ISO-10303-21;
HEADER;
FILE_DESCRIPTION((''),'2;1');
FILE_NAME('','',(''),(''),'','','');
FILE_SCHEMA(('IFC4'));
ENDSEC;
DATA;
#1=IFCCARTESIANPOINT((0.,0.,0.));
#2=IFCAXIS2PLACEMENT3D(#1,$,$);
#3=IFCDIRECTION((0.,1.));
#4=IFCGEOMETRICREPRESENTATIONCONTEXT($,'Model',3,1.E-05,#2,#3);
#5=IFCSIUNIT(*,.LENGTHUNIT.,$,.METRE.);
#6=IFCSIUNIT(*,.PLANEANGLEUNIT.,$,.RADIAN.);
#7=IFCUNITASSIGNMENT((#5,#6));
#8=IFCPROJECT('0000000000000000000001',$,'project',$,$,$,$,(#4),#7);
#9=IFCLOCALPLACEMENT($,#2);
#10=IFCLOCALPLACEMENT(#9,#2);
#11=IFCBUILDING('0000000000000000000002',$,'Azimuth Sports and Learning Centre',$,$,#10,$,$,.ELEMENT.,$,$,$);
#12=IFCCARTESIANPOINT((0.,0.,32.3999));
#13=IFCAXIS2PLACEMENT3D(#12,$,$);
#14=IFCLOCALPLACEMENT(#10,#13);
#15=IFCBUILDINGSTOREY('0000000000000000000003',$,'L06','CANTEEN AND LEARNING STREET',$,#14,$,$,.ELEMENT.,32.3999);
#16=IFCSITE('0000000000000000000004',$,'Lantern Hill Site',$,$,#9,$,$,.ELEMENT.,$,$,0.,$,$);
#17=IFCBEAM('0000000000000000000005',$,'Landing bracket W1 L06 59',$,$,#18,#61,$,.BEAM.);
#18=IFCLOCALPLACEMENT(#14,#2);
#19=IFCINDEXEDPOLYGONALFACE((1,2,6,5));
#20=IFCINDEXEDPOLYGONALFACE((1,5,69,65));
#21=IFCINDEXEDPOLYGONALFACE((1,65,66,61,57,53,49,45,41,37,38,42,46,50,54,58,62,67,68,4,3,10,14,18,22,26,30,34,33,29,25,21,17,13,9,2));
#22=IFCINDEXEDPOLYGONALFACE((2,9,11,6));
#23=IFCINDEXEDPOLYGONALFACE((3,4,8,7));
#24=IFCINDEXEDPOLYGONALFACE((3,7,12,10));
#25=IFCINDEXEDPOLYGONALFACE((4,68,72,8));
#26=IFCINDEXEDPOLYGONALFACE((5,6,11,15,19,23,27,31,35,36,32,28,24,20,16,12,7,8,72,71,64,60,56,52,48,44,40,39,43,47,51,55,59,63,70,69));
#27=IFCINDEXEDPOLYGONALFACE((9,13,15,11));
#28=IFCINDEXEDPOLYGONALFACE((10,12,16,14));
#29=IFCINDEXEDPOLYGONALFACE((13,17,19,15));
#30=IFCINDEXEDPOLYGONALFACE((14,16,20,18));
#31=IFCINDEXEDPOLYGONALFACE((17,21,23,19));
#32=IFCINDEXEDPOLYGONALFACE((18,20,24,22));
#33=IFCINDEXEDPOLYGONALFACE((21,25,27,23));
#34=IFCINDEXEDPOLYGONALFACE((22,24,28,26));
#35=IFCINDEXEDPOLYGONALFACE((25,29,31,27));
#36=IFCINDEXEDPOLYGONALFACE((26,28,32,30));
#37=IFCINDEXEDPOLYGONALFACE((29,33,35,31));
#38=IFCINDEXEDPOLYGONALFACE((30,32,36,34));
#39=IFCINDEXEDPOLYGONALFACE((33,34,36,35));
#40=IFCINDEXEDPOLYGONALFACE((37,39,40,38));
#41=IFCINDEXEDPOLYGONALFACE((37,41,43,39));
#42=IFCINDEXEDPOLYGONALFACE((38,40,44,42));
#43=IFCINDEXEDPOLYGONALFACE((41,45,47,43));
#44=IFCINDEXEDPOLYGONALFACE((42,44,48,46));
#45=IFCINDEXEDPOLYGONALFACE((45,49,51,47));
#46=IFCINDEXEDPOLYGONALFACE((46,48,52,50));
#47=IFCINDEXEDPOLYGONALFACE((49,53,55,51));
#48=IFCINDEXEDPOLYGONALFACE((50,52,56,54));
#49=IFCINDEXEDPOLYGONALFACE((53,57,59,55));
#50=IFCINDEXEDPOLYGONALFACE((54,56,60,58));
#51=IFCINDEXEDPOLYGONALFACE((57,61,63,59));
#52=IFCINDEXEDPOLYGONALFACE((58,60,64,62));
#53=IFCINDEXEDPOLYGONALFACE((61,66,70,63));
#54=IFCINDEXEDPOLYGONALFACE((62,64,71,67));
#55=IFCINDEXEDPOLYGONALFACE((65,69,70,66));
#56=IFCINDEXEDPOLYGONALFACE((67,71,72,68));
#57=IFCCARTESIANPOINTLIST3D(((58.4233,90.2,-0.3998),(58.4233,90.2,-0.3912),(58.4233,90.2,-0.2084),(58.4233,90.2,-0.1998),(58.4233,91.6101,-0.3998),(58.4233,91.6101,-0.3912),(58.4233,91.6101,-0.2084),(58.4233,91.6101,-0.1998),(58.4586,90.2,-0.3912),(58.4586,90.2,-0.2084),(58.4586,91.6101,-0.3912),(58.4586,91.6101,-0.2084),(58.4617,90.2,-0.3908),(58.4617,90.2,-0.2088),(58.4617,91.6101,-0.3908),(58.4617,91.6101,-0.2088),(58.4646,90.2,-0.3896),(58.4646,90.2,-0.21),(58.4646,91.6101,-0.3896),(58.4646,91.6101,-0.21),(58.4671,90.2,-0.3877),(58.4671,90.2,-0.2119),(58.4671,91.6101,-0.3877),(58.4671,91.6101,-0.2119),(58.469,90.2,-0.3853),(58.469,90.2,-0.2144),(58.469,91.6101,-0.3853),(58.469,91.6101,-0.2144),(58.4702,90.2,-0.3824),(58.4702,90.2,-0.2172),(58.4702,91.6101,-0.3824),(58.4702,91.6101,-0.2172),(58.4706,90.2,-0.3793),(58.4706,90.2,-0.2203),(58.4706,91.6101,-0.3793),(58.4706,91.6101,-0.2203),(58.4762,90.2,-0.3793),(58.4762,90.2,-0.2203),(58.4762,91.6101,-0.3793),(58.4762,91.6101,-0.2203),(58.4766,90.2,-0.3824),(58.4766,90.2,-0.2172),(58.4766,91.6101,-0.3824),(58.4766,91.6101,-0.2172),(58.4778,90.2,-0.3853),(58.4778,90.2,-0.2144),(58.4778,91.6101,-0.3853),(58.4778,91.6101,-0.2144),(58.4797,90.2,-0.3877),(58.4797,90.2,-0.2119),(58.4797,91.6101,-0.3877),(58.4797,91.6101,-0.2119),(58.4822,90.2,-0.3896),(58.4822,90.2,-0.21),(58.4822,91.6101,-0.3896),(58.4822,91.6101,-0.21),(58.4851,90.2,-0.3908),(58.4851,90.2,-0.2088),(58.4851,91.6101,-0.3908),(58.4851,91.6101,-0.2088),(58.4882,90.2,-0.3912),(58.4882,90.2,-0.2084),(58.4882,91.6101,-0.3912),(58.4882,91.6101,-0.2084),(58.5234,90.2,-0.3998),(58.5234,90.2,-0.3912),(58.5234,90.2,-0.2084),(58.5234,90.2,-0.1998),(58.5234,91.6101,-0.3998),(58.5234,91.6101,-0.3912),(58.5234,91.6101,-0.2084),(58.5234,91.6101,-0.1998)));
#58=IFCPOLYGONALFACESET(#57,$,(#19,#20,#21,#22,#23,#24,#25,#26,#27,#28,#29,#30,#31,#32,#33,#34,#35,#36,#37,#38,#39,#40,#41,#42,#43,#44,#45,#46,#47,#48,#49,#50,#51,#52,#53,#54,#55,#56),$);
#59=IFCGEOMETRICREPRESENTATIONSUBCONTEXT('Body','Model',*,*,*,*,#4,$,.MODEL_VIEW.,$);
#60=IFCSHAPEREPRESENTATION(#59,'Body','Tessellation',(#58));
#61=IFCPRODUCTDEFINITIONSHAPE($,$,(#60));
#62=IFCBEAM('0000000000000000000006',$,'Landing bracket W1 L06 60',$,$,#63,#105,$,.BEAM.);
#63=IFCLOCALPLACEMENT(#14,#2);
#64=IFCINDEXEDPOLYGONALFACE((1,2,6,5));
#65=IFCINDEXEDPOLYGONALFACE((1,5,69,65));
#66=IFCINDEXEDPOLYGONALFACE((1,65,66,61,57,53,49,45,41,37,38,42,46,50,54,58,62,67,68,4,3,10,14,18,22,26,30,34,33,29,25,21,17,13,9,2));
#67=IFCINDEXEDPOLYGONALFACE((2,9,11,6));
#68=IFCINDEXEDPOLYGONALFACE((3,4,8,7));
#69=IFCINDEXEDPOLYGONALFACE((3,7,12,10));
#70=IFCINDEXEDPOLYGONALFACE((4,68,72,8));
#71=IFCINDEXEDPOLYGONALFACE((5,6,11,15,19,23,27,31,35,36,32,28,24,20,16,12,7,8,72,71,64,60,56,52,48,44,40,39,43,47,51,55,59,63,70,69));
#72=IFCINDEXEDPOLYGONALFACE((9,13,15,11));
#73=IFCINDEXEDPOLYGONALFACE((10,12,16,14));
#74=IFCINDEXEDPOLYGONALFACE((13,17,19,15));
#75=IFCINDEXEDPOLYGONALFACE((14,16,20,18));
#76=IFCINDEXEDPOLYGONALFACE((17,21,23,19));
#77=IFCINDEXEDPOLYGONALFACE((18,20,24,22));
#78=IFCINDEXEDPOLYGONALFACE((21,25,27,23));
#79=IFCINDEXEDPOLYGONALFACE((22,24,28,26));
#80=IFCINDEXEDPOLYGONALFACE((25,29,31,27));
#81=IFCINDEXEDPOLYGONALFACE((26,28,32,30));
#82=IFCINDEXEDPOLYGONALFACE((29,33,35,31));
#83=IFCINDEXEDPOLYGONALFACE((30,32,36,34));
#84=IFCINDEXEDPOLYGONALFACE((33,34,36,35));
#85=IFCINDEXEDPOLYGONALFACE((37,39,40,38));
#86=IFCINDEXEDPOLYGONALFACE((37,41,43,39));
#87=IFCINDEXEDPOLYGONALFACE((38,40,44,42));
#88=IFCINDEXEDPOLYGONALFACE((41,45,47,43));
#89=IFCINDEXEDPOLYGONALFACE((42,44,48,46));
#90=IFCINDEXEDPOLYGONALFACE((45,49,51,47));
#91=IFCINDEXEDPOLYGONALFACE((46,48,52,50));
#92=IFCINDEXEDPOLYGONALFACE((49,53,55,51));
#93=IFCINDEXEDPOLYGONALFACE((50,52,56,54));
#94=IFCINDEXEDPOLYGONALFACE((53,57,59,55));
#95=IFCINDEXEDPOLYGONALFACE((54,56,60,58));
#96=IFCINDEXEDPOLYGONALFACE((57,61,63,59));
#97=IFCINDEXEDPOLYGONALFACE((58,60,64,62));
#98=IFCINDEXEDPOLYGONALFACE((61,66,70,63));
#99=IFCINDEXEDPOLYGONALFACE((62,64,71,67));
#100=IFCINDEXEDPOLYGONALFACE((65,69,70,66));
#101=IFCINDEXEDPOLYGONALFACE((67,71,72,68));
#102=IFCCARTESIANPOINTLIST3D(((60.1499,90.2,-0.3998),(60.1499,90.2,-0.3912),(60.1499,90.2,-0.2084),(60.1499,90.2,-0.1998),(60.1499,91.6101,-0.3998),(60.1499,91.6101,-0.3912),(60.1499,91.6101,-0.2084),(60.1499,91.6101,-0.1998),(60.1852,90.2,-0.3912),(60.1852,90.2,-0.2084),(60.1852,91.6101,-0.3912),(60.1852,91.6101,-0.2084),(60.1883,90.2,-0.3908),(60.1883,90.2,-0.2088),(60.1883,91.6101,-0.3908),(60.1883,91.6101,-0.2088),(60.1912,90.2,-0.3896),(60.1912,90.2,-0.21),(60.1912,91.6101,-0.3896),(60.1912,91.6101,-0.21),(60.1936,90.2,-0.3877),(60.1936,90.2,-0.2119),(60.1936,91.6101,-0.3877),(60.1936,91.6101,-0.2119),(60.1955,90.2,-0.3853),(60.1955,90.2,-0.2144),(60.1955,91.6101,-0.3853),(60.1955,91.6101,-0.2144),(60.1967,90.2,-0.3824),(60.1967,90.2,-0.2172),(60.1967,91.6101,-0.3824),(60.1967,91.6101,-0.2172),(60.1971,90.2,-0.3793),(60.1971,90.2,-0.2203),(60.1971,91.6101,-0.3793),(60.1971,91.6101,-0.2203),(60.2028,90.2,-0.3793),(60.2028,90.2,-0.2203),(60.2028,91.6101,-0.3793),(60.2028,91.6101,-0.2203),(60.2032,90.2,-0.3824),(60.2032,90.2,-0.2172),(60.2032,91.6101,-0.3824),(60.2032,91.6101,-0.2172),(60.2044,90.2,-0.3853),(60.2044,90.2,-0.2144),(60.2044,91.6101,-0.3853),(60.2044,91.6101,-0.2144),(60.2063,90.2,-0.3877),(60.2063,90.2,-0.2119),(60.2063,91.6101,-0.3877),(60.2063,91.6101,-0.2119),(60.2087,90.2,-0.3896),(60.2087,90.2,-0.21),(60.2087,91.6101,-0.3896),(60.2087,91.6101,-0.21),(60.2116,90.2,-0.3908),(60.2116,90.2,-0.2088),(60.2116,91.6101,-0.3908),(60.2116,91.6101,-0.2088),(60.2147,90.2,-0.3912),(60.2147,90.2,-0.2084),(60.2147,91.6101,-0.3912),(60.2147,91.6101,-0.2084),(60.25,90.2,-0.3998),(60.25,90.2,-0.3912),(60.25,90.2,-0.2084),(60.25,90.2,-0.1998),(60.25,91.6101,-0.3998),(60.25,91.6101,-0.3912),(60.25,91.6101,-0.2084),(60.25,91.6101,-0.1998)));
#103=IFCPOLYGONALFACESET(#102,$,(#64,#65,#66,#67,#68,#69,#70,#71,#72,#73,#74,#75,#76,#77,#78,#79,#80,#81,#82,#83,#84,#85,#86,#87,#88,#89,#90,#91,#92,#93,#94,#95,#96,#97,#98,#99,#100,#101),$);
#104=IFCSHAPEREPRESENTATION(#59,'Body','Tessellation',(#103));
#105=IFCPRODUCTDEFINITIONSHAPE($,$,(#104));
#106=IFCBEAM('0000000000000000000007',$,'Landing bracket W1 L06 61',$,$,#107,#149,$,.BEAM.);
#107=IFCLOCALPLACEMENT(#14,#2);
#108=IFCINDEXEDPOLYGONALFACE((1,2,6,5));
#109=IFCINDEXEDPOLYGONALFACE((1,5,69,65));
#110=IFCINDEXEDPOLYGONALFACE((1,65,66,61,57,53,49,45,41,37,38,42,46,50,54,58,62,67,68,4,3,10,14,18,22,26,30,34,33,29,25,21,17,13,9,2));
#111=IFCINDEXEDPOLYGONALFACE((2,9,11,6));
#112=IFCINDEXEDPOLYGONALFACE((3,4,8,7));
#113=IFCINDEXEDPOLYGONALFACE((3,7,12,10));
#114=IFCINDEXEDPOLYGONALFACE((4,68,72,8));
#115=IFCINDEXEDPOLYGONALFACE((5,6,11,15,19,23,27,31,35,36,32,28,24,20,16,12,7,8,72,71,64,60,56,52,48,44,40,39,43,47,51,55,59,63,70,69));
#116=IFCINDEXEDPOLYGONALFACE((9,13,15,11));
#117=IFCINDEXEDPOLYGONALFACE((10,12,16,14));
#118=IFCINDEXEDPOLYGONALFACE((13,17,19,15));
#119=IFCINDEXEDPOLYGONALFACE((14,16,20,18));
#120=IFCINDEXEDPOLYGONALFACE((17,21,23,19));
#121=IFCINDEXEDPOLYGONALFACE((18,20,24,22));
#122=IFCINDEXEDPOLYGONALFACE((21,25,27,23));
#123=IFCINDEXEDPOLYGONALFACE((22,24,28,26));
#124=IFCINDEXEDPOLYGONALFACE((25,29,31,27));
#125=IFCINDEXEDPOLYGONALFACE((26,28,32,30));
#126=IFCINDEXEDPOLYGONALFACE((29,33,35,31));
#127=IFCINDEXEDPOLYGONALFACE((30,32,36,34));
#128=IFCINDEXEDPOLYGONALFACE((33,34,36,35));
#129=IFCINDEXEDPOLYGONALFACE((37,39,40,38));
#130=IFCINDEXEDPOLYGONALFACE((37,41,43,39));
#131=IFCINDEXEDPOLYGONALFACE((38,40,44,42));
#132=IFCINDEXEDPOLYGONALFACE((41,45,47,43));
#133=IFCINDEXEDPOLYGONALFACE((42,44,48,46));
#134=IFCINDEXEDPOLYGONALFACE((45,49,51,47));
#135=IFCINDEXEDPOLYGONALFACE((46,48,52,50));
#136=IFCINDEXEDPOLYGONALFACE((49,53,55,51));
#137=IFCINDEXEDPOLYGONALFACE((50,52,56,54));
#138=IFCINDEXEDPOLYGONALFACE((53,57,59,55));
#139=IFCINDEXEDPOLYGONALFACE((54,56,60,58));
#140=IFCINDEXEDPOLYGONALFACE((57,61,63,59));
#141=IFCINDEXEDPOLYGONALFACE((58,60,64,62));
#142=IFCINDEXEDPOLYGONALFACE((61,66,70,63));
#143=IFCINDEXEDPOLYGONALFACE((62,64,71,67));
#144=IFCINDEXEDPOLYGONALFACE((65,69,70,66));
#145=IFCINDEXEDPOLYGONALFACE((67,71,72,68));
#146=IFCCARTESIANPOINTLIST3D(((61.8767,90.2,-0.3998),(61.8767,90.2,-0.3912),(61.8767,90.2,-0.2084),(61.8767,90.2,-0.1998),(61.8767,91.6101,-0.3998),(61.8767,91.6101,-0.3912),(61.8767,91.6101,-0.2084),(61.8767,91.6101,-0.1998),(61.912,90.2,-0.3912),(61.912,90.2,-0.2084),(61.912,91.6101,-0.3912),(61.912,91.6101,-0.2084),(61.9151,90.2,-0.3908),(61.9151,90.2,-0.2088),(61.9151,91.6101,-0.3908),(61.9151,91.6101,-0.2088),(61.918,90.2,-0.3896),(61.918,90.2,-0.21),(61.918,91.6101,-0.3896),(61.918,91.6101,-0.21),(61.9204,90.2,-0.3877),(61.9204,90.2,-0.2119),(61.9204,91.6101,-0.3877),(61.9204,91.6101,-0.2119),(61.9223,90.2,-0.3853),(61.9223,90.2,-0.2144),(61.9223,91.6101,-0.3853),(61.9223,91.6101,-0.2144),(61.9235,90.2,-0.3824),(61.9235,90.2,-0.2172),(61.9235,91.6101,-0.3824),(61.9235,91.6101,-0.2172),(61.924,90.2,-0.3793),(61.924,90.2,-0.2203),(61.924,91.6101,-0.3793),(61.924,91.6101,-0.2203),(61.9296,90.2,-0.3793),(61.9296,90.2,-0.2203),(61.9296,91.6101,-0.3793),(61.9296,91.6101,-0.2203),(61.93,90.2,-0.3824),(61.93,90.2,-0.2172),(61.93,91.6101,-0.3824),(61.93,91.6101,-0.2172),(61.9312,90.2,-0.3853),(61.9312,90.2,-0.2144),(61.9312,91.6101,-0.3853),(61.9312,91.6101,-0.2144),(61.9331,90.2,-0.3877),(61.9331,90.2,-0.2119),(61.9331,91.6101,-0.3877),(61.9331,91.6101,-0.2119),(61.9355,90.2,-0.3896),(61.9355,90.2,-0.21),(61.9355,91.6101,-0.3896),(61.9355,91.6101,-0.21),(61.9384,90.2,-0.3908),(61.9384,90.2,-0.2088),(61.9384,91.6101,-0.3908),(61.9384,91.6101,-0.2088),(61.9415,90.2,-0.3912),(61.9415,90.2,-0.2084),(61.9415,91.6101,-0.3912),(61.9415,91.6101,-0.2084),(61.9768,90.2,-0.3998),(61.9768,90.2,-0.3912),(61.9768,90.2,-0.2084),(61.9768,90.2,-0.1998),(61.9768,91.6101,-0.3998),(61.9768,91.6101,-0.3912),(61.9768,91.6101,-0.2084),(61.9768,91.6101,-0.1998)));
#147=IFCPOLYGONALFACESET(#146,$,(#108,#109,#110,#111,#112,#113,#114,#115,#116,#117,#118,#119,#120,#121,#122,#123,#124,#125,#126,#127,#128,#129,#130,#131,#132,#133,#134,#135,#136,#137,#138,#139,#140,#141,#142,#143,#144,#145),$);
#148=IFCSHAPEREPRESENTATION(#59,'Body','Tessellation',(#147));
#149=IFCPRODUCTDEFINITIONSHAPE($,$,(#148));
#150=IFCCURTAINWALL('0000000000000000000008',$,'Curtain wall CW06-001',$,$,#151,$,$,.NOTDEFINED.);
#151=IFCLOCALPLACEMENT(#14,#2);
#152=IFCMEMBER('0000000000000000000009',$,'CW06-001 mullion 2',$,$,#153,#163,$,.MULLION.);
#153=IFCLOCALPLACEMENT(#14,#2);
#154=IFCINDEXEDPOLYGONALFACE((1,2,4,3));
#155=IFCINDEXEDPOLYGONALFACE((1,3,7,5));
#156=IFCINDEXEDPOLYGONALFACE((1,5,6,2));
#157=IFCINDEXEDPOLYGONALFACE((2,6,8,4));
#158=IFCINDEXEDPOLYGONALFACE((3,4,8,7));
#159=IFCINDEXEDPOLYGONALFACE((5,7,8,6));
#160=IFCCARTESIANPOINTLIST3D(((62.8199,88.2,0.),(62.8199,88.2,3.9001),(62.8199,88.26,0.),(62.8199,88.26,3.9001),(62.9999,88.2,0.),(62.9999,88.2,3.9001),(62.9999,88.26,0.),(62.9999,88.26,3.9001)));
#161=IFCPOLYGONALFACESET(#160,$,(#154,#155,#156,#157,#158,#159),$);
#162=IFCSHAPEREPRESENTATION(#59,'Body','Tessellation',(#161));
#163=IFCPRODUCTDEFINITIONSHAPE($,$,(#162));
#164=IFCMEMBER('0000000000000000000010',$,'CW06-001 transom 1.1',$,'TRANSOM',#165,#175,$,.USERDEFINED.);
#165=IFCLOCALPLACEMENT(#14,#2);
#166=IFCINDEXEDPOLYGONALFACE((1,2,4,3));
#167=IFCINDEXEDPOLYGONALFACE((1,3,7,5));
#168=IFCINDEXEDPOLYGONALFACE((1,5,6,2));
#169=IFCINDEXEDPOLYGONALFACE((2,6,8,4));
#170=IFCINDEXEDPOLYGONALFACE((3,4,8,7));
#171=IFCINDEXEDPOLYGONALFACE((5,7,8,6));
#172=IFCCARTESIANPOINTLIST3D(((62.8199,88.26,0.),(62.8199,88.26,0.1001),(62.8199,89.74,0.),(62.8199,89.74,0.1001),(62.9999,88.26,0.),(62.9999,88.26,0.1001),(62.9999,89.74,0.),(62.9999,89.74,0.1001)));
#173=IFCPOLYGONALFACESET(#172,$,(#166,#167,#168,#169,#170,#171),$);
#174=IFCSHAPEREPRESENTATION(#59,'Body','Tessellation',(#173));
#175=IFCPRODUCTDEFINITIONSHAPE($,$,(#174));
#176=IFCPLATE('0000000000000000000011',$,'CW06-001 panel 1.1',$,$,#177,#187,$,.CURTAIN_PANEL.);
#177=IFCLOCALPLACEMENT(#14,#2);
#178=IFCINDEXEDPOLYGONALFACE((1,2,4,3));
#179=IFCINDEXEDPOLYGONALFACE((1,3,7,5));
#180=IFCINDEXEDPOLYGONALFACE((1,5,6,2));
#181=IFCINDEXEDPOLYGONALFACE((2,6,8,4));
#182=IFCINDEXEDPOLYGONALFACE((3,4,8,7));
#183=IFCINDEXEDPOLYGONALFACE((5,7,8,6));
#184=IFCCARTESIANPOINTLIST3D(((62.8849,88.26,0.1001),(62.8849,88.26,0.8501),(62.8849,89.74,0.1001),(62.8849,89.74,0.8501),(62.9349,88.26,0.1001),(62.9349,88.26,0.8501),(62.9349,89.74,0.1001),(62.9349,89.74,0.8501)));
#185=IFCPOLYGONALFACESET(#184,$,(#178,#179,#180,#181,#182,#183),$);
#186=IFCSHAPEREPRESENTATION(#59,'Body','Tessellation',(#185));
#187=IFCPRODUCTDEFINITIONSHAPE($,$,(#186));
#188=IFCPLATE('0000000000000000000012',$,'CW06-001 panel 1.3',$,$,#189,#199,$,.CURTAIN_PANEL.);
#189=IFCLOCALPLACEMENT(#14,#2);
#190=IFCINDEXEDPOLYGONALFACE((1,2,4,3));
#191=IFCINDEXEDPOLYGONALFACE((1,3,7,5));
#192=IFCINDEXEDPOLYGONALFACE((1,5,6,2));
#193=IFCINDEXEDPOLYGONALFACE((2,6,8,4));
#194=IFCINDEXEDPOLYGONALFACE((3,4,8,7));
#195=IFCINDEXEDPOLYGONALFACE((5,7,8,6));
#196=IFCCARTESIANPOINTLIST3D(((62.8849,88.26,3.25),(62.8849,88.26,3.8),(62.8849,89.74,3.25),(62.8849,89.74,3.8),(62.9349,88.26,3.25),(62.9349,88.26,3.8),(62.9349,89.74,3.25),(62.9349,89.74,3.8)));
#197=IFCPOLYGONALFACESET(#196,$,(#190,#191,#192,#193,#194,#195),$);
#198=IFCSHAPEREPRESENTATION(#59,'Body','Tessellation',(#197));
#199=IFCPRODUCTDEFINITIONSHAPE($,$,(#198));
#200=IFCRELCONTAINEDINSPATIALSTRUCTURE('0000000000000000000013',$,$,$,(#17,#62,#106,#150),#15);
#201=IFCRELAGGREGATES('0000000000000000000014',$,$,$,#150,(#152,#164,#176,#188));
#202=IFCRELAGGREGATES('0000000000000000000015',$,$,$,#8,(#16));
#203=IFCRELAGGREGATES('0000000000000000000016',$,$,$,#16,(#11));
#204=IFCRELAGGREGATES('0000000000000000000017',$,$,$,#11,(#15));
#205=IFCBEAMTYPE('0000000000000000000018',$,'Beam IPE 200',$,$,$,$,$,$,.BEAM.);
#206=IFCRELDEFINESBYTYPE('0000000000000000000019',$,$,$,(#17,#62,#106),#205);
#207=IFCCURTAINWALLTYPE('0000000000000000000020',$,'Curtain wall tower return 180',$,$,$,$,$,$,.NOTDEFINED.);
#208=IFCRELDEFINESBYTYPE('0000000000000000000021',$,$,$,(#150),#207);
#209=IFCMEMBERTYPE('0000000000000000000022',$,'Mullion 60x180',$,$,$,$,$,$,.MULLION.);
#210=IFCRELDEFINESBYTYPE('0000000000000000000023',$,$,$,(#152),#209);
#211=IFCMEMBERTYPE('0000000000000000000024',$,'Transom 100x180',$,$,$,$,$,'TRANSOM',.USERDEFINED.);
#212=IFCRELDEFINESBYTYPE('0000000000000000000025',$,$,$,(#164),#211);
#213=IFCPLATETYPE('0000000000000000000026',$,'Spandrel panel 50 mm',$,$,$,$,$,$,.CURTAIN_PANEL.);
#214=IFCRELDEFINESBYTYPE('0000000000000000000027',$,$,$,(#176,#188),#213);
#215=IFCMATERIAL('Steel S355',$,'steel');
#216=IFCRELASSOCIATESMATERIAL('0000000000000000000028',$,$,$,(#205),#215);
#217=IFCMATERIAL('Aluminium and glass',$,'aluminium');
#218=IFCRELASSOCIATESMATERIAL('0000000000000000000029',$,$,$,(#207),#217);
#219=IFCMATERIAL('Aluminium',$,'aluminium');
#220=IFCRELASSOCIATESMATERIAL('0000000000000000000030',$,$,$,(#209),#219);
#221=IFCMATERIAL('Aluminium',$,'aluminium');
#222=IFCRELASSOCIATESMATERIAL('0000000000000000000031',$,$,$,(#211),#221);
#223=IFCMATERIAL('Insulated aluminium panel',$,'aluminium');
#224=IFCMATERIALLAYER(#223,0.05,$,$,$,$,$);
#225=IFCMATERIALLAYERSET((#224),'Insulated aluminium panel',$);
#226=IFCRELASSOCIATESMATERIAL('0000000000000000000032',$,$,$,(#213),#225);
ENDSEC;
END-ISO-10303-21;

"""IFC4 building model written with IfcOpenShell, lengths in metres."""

from ifc_helpers import new_model, si_unit, direction, frame, origin, origin_2d, place, context, subcontext, project, spatial, rectangle, i_section, extrude, material, layer, layer_set, material_profile, profile_set, type_object, element, aggregate, save


model = new_model("IFC4")

# Units and contexts
model_context = context("Model", 3, precision=1e-05, world=origin(), true_north=direction((0.0, 1.0)))
body_context = subcontext(model_context, "Body", "Model", "MODEL_VIEW")
ifc_project = project(units=[si_unit("LENGTHUNIT", "METRE"), si_unit("PLANEANGLEUNIT", "RADIAN")], contexts=[model_context])

# Site, building, storey
site_placement = place(None, origin())
site = spatial("IfcSite", under=ifc_project, at=site_placement, Name="Lantern Hill Site", CompositionType="ELEMENT", RefElevation=0.0)
building_placement = place(site_placement, origin())
building = spatial("IfcBuilding", under=site, at=building_placement, Name="Azimuth Sports and Learning Centre", CompositionType="ELEMENT")
storey_placement = place(building_placement, frame((0.0, 0.0, 32.3999)))
storey = spatial("IfcBuildingStorey", under=building, at=storey_placement, Name="L06", Description="CANTEEN AND LEARNING STREET", CompositionType="ELEMENT", Elevation=32.3999)

# Beams
ifc_material_1 = material(Name="Steel S355", Category="steel")
ifc_material_profile_1 = material_profile(ifc_material_1, i_section(OverallWidth=0.1001, OverallDepth=0.2, WebThickness=0.0056, FlangeThickness=0.0085, FilletRadius=0.012, at=origin_2d()), Name="IPE 200")
ifc_profile_set_1 = profile_set([ifc_material_profile_1], Name="Steel S355")
beam_type = type_object("IfcBeamType", Name="Beam IPE 200", PredefinedType="BEAM", material=ifc_profile_set_1)
for number, where, z_axis, x_axis, name in (
    (1, (58.4734, 90.2, -0.2998), (0.0, 1.0, 0.0), (-1.0, 0.0, 0.0), "Landing bracket W1 L06 59"),
    (2, (60.2, 90.2, -0.2998), (0.0, 1.0, 0.0), (-1.0, 0.0, 0.0), "Landing bracket W1 L06 60"),
    (3, (61.9268, 90.2, -0.2998), (0.0, 1.0, 0.0), (-1.0, 0.0, 0.0), "Landing bracket W1 L06 61"),
):
    element("IfcBeam", number, at=place(storey_placement, frame(where, z_axis=z_axis, x_axis=x_axis)), inside=storey, type_object=beam_type, Name=name, PredefinedType="BEAM", context=body_context, shape_type="SweptSolid", body=[
        extrude(i_section(OverallWidth=0.1001, OverallDepth=0.2, WebThickness=0.0056, FlangeThickness=0.0085, FilletRadius=0.012, at=origin_2d()), origin(), (0.0, 0.0, 1.0), 1.4102),
    ])

# Curtain wall, members, plates
ifc_material_2 = material(Name="Aluminium and glass", Category="aluminium")
curtain_wall_type = type_object("IfcCurtainWallType", Name="Curtain wall tower return 180", PredefinedType="NOTDEFINED", material=ifc_material_2)
curtain_wall_placement = place(storey_placement, origin())
curtain_wall = element("IfcCurtainWall", 4, at=curtain_wall_placement, inside=storey, type_object=curtain_wall_type, Name="Curtain wall CW06-001", PredefinedType="NOTDEFINED")
ifc_material_3 = material(Name="Aluminium", Category="aluminium")
ifc_material_profile_2 = material_profile(ifc_material_3, rectangle(XDim=0.1799, YDim=0.0601, at=origin_2d()), Name="Mullion 60x180")
ifc_profile_set_2 = profile_set([ifc_material_profile_2], Name="Aluminium")
member_type_1 = type_object("IfcMemberType", Name="Mullion 60x180", PredefinedType="MULLION", material=ifc_profile_set_2)
member_1_placement = place(storey_placement, frame((62.9099, 88.23, 0.0), z_axis=(0.0, 0.0, 1.0), x_axis=(1.0, 0.0, 0.0)))
member_1 = element("IfcMember", 5, at=member_1_placement, type_object=member_type_1, Name="CW06-001 mullion 2", PredefinedType="MULLION", context=body_context, shape_type="SweptSolid", body=[
    extrude(rectangle(XDim=0.1799, YDim=0.0601, at=origin_2d()), origin(), (0.0, 0.0, 1.0), 3.9001),
])
ifc_material_4 = material(Name="Aluminium", Category="aluminium")
ifc_material_profile_3 = material_profile(ifc_material_4, rectangle(XDim=0.1799, YDim=0.1001, at=origin_2d()), Name="Transom 100x180")
ifc_profile_set_3 = profile_set([ifc_material_profile_3], Name="Aluminium")
member_type_2 = type_object("IfcMemberType", Name="Transom 100x180", ElementType="TRANSOM", PredefinedType="USERDEFINED", material=ifc_profile_set_3)
member_2_placement = place(storey_placement, frame((62.9099, 89.74, 0.05), z_axis=(0.0, -1.0, 0.0), x_axis=(1.0, 0.0, 0.0)))
member_2 = element("IfcMember", 6, at=member_2_placement, type_object=member_type_2, Name="CW06-001 transom 1.1", ObjectType="TRANSOM", PredefinedType="USERDEFINED", context=body_context, shape_type="SweptSolid", body=[
    extrude(rectangle(XDim=0.1799, YDim=0.1001, at=origin_2d()), origin(), (0.0, 0.0, 1.0), 1.48),
])
ifc_material_5 = material(Name="Insulated aluminium panel", Category="aluminium")
ifc_layer_1 = layer(ifc_material_5, 0.05)
ifc_layer_set_1 = layer_set([ifc_layer_1], Name="Insulated aluminium panel")
plate_type_1 = type_object("IfcPlateType", Name="Spandrel panel 50 mm", PredefinedType="CURTAIN_PANEL", material=ifc_layer_set_1)
plate_1_placement = place(storey_placement, frame((62.9099, 89.0, 0.1001), z_axis=(0.0, 0.0, 1.0), x_axis=(0.0, -1.0, 0.0)))
plate_1 = element("IfcPlate", 7, at=plate_1_placement, type_object=plate_type_1, Name="CW06-001 panel 1.1", PredefinedType="CURTAIN_PANEL", context=body_context, shape_type="SweptSolid", body=[
    extrude(rectangle(XDim=1.48, YDim=0.05, at=origin_2d()), origin(), (0.0, 0.0, 1.0), 0.75),
])
plate_2_placement = place(storey_placement, frame((62.9099, 89.0, 3.25), z_axis=(0.0, 0.0, 1.0), x_axis=(0.0, -1.0, 0.0)))
plate_2 = element("IfcPlate", 8, at=plate_2_placement, type_object=plate_type_1, Name="CW06-001 panel 1.3", PredefinedType="CURTAIN_PANEL", context=body_context, shape_type="SweptSolid", body=[
    extrude(rectangle(XDim=1.48, YDim=0.05, at=origin_2d()), origin(), (0.0, 0.0, 1.0), 0.55),
])
aggregate(curtain_wall, [member_1, member_2, plate_1, plate_2])

save(model, "model.ifc")
